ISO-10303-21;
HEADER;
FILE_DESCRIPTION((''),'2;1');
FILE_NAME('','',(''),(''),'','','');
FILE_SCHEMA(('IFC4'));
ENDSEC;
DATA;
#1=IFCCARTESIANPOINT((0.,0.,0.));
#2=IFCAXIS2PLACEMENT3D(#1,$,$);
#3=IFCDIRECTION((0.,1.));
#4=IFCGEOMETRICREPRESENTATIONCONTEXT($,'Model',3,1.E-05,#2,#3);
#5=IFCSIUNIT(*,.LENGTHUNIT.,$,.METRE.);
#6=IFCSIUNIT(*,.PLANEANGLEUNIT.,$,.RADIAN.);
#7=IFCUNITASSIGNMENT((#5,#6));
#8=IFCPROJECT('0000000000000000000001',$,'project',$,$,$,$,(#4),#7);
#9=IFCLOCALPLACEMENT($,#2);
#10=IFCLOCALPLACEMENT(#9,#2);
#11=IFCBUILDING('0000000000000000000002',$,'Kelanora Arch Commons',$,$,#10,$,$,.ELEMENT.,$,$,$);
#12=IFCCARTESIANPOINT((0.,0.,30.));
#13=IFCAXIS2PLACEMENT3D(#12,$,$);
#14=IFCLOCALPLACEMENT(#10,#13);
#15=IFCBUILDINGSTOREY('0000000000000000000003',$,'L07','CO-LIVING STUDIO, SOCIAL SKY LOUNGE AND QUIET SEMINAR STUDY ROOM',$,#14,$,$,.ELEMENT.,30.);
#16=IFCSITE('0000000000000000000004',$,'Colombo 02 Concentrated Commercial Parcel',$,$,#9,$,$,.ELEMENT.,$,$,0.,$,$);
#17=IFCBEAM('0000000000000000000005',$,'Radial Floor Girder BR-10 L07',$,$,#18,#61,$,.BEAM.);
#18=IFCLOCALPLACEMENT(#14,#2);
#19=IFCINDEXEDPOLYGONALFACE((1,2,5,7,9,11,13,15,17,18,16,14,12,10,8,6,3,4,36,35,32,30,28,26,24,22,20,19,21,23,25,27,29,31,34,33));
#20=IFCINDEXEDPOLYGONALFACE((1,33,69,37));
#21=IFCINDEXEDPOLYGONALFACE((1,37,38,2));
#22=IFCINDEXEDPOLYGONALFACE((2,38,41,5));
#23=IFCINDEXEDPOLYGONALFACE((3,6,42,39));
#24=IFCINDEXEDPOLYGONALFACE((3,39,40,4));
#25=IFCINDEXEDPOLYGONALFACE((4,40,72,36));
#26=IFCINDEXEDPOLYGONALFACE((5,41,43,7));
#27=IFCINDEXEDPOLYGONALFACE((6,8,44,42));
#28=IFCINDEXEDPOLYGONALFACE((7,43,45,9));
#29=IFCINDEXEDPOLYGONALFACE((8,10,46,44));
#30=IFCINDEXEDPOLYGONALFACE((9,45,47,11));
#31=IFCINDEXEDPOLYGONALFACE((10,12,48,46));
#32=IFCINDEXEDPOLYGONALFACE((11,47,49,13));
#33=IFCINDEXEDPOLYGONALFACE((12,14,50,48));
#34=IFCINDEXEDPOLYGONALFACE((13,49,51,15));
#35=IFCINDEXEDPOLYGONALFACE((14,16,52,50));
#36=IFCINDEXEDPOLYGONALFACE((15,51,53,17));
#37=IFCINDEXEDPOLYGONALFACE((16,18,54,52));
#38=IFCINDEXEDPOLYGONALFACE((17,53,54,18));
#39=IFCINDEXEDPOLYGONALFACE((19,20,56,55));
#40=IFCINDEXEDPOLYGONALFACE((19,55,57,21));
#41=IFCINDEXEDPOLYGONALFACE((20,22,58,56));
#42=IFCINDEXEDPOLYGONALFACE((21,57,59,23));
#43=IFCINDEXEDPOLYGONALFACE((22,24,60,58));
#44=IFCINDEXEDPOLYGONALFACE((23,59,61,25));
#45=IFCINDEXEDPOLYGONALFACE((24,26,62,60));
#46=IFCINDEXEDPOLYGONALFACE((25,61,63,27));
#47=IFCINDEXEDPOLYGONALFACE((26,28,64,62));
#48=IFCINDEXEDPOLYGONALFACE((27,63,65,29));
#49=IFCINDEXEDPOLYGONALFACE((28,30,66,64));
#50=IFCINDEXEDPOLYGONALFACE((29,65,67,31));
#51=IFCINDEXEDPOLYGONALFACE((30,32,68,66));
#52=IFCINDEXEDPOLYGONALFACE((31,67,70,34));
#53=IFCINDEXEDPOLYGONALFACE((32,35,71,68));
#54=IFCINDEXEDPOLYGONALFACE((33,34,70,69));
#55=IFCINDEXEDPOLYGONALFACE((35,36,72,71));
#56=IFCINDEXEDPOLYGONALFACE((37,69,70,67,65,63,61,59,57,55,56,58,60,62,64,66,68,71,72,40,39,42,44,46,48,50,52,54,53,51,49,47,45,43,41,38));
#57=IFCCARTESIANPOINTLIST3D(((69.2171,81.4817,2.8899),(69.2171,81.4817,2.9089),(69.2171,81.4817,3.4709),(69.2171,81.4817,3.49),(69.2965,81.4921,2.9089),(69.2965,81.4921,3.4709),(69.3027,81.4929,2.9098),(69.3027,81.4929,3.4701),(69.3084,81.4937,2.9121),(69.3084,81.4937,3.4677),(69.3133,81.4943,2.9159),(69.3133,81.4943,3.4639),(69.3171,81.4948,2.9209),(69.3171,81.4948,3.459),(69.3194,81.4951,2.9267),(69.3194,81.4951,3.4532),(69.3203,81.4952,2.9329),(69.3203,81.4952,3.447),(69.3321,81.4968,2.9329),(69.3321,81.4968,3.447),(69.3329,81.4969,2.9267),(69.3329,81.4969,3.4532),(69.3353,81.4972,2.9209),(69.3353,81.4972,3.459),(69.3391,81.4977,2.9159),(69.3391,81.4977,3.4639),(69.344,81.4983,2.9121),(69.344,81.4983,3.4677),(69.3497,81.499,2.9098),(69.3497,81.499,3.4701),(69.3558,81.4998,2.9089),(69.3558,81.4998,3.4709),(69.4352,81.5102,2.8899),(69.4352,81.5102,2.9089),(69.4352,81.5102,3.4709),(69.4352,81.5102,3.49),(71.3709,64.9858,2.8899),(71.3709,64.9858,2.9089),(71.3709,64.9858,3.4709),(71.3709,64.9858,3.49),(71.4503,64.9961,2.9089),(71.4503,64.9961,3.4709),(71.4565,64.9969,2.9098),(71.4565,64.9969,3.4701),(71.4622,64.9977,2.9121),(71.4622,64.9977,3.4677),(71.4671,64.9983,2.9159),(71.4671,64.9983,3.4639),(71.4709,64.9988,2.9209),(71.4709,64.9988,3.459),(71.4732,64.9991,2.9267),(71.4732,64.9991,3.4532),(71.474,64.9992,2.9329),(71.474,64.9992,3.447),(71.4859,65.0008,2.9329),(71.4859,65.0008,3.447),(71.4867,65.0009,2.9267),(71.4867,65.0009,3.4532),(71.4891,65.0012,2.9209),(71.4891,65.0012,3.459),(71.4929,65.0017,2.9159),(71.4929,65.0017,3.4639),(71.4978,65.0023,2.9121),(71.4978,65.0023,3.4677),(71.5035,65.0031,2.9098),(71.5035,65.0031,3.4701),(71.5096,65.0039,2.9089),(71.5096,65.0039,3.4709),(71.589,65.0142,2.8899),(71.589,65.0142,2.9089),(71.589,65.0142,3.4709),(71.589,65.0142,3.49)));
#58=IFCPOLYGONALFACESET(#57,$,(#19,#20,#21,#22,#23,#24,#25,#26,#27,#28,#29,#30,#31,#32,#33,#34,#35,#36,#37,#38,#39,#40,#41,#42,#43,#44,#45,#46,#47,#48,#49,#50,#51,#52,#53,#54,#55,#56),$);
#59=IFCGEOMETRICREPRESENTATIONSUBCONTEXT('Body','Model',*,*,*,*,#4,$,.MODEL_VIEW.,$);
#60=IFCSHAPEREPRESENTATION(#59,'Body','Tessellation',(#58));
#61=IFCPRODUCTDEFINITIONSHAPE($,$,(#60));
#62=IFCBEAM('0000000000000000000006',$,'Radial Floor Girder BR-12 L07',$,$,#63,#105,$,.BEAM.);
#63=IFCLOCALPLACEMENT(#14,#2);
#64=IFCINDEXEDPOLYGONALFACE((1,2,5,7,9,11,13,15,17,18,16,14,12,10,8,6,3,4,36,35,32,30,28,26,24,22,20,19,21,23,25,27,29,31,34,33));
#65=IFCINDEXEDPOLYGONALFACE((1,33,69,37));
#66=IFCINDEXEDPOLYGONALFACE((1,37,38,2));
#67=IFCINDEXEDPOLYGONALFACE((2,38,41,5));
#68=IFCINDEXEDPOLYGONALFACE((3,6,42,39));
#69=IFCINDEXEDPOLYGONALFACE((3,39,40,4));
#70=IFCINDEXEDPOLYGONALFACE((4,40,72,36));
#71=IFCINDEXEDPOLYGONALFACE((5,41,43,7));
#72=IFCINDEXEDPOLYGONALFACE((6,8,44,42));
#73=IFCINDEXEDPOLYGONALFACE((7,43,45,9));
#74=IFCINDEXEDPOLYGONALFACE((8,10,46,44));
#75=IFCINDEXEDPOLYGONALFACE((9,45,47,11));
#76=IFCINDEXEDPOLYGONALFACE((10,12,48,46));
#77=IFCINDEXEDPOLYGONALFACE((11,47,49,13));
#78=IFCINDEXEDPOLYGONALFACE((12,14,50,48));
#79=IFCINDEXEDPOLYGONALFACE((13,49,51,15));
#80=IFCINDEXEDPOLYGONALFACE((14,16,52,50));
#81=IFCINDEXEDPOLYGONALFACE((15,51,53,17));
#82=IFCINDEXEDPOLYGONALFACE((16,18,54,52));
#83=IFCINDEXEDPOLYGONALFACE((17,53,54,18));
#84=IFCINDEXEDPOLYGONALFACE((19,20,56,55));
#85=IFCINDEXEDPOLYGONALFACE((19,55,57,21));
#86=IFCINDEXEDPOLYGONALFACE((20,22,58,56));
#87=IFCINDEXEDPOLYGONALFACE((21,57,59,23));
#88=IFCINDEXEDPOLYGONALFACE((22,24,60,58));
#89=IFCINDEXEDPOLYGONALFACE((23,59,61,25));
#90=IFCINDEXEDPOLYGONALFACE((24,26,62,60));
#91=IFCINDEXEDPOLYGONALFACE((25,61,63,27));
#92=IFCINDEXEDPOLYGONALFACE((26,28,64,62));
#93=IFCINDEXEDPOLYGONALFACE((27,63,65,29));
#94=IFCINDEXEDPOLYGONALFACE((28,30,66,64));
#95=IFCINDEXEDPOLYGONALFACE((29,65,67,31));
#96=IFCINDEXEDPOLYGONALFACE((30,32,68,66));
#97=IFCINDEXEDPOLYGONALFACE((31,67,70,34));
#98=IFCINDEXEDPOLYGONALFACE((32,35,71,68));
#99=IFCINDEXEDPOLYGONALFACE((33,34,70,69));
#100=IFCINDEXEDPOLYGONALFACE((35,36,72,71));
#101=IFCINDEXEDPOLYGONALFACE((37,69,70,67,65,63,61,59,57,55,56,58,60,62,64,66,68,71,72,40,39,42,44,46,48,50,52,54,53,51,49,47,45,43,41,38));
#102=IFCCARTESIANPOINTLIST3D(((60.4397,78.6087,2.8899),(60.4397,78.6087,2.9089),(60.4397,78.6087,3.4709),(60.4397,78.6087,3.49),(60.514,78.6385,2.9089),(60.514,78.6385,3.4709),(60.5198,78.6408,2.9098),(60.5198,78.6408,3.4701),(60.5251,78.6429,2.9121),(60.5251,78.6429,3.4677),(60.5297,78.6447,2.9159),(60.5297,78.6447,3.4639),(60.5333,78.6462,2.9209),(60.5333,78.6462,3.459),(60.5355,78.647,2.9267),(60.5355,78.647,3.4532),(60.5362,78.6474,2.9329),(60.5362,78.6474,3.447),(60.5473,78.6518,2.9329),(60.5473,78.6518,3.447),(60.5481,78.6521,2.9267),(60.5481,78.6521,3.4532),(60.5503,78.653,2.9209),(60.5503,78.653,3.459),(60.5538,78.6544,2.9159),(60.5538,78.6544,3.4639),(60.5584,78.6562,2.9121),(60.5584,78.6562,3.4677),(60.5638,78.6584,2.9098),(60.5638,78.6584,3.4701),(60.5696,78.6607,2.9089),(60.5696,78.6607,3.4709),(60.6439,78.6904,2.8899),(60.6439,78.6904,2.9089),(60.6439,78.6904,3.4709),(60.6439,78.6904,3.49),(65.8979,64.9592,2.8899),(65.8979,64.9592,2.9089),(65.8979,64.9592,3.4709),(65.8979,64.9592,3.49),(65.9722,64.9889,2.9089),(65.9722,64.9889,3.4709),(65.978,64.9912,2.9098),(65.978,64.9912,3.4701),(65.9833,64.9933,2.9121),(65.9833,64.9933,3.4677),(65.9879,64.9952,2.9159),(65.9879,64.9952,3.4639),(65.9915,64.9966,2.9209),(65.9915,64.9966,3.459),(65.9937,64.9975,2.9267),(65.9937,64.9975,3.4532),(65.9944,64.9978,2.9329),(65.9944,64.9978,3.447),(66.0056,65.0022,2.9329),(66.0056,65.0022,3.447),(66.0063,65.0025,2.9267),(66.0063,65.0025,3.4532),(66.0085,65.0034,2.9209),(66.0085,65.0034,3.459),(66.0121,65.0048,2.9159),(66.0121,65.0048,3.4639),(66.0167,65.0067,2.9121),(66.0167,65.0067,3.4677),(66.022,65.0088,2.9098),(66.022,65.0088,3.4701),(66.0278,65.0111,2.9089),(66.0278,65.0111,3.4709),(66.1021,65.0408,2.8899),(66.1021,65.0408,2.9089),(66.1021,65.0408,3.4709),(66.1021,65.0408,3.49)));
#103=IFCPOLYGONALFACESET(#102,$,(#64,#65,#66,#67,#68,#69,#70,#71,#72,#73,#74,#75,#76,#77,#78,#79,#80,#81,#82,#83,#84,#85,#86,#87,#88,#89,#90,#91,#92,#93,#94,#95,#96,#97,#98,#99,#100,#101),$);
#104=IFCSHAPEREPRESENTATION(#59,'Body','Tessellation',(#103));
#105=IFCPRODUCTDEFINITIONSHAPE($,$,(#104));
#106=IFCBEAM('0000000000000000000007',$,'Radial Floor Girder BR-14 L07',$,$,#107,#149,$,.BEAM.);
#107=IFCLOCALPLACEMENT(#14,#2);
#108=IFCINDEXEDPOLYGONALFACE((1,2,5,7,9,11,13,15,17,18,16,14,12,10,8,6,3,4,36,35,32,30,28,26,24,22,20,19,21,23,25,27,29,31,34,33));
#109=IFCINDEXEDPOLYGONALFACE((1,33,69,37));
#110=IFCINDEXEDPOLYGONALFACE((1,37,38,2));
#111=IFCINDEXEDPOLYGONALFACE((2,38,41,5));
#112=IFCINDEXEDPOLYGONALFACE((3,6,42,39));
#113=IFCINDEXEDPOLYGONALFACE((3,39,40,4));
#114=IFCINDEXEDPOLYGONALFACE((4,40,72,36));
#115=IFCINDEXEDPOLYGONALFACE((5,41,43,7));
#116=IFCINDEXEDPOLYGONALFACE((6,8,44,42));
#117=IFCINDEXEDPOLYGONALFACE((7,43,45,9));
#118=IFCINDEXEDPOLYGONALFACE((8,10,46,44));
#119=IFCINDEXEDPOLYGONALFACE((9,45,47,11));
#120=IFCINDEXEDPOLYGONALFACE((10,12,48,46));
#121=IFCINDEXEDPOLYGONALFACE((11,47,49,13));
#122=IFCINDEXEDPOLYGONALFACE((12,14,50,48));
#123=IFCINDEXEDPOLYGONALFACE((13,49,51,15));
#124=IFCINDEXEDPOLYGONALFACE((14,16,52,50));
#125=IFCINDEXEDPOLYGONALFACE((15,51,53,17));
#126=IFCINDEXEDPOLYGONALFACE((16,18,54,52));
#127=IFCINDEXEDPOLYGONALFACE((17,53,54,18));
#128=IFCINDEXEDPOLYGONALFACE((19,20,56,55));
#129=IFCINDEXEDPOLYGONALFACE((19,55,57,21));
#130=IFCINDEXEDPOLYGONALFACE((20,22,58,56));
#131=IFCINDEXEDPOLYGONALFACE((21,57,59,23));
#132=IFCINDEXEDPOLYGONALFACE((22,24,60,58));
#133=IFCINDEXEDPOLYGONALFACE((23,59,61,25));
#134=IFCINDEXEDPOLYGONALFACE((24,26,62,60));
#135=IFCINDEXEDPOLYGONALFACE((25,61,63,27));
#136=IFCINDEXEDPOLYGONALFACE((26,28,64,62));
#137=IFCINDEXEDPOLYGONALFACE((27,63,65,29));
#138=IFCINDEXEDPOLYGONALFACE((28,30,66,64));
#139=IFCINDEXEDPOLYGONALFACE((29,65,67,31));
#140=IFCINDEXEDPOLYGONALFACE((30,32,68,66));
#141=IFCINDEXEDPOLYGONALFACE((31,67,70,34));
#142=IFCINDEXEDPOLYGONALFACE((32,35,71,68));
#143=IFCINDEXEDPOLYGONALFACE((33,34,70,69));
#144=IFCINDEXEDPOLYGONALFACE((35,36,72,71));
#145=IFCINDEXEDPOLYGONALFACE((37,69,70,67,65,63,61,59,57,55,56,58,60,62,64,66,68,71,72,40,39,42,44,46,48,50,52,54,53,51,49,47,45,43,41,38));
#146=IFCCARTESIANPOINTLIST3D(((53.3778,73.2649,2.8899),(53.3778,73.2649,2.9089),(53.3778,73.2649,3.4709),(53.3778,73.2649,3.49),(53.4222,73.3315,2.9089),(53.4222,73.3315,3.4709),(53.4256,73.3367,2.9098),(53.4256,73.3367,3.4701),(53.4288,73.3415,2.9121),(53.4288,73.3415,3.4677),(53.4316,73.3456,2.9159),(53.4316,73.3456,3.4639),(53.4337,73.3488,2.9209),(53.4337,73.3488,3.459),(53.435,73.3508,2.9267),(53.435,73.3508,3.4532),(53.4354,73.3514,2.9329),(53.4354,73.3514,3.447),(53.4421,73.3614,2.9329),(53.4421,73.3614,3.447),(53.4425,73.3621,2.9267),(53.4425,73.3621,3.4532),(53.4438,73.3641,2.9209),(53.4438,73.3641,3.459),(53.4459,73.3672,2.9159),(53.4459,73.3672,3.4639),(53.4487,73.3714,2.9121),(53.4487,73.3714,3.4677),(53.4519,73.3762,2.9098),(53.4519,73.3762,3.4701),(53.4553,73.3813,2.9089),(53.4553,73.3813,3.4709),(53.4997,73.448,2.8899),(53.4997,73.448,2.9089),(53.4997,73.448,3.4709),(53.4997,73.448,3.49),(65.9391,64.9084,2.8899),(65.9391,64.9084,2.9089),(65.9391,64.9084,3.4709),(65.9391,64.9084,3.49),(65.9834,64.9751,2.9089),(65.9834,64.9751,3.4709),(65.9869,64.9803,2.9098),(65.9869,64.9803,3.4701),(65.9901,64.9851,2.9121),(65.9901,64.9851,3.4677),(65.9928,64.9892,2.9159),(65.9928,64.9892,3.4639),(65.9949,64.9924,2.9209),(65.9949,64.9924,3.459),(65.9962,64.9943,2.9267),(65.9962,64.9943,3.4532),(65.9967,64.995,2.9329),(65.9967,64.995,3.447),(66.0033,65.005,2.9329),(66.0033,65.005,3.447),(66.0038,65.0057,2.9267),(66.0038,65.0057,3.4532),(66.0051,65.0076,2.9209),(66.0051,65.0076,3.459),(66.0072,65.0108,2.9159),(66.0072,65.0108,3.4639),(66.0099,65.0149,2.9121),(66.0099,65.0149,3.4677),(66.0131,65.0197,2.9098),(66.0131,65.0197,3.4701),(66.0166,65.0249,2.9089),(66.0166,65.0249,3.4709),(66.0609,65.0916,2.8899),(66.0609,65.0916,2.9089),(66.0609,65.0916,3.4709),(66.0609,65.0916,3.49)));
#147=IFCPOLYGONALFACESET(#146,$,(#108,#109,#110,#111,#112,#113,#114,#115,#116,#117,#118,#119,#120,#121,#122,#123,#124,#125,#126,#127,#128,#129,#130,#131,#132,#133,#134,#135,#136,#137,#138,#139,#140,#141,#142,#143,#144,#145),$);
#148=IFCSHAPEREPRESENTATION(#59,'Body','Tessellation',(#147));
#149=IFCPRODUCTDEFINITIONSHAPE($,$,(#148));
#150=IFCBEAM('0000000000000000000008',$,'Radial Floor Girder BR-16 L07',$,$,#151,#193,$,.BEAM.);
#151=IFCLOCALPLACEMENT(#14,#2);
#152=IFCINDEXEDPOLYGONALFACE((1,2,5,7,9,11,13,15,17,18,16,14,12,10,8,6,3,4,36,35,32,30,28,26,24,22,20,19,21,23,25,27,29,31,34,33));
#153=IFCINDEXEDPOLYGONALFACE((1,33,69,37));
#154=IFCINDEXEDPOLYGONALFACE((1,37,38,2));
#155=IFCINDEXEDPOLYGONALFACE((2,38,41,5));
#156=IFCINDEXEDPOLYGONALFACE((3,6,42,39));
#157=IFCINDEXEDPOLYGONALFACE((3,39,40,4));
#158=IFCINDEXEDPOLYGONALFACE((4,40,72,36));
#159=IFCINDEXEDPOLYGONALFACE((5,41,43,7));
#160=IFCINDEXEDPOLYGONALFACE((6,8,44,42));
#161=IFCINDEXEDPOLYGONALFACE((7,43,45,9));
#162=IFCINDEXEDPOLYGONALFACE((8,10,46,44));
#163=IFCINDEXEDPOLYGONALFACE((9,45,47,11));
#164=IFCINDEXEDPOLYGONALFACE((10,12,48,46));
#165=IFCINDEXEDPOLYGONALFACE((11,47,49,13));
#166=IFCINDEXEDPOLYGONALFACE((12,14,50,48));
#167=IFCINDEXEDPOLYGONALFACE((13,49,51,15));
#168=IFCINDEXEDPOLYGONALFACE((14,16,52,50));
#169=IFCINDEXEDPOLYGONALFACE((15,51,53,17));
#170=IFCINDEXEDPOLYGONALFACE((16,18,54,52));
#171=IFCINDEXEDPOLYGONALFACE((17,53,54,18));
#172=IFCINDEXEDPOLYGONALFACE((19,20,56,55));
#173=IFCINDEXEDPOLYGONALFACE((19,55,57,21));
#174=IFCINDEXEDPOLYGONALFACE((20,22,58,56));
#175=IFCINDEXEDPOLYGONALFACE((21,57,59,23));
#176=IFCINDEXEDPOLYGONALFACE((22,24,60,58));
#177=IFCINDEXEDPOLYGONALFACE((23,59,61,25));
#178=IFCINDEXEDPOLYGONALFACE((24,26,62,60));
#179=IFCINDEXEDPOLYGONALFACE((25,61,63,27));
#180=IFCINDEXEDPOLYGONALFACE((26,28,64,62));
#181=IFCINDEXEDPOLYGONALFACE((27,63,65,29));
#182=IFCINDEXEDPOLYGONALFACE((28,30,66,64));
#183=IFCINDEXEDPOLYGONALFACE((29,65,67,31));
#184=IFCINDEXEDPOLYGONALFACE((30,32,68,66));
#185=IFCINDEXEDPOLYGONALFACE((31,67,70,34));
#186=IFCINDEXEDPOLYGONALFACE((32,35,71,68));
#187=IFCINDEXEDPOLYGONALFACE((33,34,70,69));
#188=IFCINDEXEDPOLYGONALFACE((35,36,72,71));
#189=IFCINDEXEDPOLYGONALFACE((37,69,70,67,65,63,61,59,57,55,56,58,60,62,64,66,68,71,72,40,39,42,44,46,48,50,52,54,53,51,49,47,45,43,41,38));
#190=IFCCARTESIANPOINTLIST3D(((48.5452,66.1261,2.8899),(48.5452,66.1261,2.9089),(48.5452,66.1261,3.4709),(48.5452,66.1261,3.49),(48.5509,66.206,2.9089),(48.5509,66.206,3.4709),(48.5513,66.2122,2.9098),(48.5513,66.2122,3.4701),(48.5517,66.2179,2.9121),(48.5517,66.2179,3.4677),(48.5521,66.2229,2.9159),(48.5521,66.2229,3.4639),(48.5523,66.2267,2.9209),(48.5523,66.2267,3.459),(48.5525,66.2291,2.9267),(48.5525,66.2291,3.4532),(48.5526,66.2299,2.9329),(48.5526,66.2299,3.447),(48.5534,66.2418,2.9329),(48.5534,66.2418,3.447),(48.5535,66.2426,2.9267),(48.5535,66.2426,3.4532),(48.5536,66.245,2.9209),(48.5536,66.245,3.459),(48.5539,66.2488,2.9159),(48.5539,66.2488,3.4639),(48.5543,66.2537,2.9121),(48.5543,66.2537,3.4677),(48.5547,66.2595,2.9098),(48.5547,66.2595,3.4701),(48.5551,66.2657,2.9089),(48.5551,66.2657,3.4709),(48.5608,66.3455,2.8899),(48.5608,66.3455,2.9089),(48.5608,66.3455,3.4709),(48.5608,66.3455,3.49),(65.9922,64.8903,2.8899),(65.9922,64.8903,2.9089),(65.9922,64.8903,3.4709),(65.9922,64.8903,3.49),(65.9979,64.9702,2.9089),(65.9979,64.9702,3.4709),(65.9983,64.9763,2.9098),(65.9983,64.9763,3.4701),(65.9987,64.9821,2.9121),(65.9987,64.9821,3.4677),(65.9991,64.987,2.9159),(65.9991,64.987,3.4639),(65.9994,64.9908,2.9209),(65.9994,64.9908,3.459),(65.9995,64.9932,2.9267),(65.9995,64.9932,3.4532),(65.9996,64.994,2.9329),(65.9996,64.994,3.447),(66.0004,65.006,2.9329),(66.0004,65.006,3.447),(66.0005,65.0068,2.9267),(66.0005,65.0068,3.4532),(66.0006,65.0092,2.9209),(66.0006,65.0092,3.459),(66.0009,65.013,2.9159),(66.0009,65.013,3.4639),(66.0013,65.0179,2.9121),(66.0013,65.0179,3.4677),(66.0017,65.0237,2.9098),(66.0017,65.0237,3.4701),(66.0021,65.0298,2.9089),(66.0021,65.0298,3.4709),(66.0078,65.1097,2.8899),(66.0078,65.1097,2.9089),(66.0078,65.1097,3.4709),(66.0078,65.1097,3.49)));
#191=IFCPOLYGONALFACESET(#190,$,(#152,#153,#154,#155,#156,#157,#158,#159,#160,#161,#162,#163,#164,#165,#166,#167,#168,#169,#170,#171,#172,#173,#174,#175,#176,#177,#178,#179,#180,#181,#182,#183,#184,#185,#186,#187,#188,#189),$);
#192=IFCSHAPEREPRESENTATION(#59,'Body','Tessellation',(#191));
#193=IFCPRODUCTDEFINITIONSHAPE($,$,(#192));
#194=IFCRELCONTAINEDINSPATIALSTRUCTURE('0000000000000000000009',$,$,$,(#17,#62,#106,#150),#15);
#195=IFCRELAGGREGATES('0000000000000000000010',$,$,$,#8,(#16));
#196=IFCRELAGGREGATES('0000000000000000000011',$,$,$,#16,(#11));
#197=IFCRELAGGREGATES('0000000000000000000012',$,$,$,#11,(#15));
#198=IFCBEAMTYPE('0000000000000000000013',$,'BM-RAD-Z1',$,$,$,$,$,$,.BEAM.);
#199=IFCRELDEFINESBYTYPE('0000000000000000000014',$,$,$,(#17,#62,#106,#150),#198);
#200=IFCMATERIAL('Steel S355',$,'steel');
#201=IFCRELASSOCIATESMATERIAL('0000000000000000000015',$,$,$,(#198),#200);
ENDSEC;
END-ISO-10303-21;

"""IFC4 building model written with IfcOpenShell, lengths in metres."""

from ifc_helpers import new_model, si_unit, direction, frame, origin, origin_2d, place, context, subcontext, project, spatial, i_section, extrude, material, material_profile, profile_set, type_object, element, save


model = new_model("IFC4")

# Units and contexts
model_context = context("Model", 3, precision=1e-05, world=origin(), true_north=direction((0.0, 1.0)))
body_context = subcontext(model_context, "Body", "Model", "MODEL_VIEW")
ifc_project = project(units=[si_unit("LENGTHUNIT", "METRE"), si_unit("PLANEANGLEUNIT", "RADIAN")], contexts=[model_context])

# Site, building, storey
site_placement = place(None, origin())
site = spatial("IfcSite", under=ifc_project, at=site_placement, Name="Colombo 02 Concentrated Commercial Parcel", CompositionType="ELEMENT", RefElevation=0.0)
building_placement = place(site_placement, origin())
building = spatial("IfcBuilding", under=site, at=building_placement, Name="Kelanora Arch Commons", CompositionType="ELEMENT")
storey_placement = place(building_placement, frame((0.0, 0.0, 30.0)))
storey = spatial("IfcBuildingStorey", under=building, at=storey_placement, Name="L07", Description="CO-LIVING STUDIO, SOCIAL SKY LOUNGE AND QUIET SEMINAR STUDY ROOM", CompositionType="ELEMENT", Elevation=30.0)

# Beams
ifc_material_1 = material(Name="Steel S355", Category="steel")
ifc_material_profile_1 = material_profile(ifc_material_1, i_section(OverallWidth=0.22, OverallDepth=0.6001, WebThickness=0.012, FlangeThickness=0.019, FilletRadius=0.0239, at=origin_2d()), Name="IPE600")
ifc_profile_set_1 = profile_set([ifc_material_profile_1], Name="Steel S355")
beam_type_1 = type_object("IfcBeamType", Name="BM-RAD-Z1", PredefinedType="BEAM", material=ifc_profile_set_1)
beam_1_placement = place(storey_placement, frame((71.48, 65.0, 3.1899), z_axis=(-0.129466, 0.991584, 0.0), x_axis=(-0.991584, -0.129466, 0.0)))
element("IfcBeam", 1, at=beam_1_placement, inside=storey, type_object=beam_type_1, Name="Radial Floor Girder BR-10 L07", PredefinedType="BEAM", context=body_context, shape_type="SweptSolid", body=[
    extrude(i_section(OverallWidth=0.22, OverallDepth=0.6001, WebThickness=0.012, FlangeThickness=0.019, FilletRadius=0.0239, at=origin_2d()), origin(), (0.0, 0.0, 1.0), 16.636),
])
beam_2_placement = place(storey_placement, frame((66.0, 65.0, 3.1899), z_axis=(-0.371296, 0.928514, 0.0), x_axis=(-0.928514, -0.371296, 0.0)))
element("IfcBeam", 2, at=beam_2_placement, inside=storey, type_object=beam_type_1, Name="Radial Floor Girder BR-12 L07", PredefinedType="BEAM", context=body_context, shape_type="SweptSolid", body=[
    extrude(i_section(OverallWidth=0.22, OverallDepth=0.6001, WebThickness=0.012, FlangeThickness=0.019, FilletRadius=0.0239, at=origin_2d()), origin(), (0.0, 0.0, 1.0), 14.7004),
])
beam_3_placement = place(storey_placement, frame((66.0, 65.0, 3.1899), z_axis=(-0.832593, 0.553886, 0.0), x_axis=(-0.553886, -0.832593, 0.0)))
element("IfcBeam", 3, at=beam_3_placement, inside=storey, type_object=beam_type_1, Name="Radial Floor Girder BR-14 L07", PredefinedType="BEAM", context=body_context, shape_type="SweptSolid", body=[
    extrude(i_section(OverallWidth=0.22, OverallDepth=0.6001, WebThickness=0.012, FlangeThickness=0.019, FilletRadius=0.0239, at=origin_2d()), origin(), (0.0, 0.0, 1.0), 15.0869),
])
beam_4_placement = place(storey_placement, frame((66.0, 65.0, 3.1899), z_axis=(-0.997501, 0.070657, 0.0), x_axis=(-0.070657, -0.997501, 0.0)))
element("IfcBeam", 4, at=beam_4_placement, inside=storey, type_object=beam_type_1, Name="Radial Floor Girder BR-16 L07", PredefinedType="BEAM", context=body_context, shape_type="SweptSolid", body=[
    extrude(i_section(OverallWidth=0.22, OverallDepth=0.6001, WebThickness=0.012, FlangeThickness=0.019, FilletRadius=0.0239, at=origin_2d()), origin(), (0.0, 0.0, 1.0), 17.4907),
])

save(model, "model.ifc")
